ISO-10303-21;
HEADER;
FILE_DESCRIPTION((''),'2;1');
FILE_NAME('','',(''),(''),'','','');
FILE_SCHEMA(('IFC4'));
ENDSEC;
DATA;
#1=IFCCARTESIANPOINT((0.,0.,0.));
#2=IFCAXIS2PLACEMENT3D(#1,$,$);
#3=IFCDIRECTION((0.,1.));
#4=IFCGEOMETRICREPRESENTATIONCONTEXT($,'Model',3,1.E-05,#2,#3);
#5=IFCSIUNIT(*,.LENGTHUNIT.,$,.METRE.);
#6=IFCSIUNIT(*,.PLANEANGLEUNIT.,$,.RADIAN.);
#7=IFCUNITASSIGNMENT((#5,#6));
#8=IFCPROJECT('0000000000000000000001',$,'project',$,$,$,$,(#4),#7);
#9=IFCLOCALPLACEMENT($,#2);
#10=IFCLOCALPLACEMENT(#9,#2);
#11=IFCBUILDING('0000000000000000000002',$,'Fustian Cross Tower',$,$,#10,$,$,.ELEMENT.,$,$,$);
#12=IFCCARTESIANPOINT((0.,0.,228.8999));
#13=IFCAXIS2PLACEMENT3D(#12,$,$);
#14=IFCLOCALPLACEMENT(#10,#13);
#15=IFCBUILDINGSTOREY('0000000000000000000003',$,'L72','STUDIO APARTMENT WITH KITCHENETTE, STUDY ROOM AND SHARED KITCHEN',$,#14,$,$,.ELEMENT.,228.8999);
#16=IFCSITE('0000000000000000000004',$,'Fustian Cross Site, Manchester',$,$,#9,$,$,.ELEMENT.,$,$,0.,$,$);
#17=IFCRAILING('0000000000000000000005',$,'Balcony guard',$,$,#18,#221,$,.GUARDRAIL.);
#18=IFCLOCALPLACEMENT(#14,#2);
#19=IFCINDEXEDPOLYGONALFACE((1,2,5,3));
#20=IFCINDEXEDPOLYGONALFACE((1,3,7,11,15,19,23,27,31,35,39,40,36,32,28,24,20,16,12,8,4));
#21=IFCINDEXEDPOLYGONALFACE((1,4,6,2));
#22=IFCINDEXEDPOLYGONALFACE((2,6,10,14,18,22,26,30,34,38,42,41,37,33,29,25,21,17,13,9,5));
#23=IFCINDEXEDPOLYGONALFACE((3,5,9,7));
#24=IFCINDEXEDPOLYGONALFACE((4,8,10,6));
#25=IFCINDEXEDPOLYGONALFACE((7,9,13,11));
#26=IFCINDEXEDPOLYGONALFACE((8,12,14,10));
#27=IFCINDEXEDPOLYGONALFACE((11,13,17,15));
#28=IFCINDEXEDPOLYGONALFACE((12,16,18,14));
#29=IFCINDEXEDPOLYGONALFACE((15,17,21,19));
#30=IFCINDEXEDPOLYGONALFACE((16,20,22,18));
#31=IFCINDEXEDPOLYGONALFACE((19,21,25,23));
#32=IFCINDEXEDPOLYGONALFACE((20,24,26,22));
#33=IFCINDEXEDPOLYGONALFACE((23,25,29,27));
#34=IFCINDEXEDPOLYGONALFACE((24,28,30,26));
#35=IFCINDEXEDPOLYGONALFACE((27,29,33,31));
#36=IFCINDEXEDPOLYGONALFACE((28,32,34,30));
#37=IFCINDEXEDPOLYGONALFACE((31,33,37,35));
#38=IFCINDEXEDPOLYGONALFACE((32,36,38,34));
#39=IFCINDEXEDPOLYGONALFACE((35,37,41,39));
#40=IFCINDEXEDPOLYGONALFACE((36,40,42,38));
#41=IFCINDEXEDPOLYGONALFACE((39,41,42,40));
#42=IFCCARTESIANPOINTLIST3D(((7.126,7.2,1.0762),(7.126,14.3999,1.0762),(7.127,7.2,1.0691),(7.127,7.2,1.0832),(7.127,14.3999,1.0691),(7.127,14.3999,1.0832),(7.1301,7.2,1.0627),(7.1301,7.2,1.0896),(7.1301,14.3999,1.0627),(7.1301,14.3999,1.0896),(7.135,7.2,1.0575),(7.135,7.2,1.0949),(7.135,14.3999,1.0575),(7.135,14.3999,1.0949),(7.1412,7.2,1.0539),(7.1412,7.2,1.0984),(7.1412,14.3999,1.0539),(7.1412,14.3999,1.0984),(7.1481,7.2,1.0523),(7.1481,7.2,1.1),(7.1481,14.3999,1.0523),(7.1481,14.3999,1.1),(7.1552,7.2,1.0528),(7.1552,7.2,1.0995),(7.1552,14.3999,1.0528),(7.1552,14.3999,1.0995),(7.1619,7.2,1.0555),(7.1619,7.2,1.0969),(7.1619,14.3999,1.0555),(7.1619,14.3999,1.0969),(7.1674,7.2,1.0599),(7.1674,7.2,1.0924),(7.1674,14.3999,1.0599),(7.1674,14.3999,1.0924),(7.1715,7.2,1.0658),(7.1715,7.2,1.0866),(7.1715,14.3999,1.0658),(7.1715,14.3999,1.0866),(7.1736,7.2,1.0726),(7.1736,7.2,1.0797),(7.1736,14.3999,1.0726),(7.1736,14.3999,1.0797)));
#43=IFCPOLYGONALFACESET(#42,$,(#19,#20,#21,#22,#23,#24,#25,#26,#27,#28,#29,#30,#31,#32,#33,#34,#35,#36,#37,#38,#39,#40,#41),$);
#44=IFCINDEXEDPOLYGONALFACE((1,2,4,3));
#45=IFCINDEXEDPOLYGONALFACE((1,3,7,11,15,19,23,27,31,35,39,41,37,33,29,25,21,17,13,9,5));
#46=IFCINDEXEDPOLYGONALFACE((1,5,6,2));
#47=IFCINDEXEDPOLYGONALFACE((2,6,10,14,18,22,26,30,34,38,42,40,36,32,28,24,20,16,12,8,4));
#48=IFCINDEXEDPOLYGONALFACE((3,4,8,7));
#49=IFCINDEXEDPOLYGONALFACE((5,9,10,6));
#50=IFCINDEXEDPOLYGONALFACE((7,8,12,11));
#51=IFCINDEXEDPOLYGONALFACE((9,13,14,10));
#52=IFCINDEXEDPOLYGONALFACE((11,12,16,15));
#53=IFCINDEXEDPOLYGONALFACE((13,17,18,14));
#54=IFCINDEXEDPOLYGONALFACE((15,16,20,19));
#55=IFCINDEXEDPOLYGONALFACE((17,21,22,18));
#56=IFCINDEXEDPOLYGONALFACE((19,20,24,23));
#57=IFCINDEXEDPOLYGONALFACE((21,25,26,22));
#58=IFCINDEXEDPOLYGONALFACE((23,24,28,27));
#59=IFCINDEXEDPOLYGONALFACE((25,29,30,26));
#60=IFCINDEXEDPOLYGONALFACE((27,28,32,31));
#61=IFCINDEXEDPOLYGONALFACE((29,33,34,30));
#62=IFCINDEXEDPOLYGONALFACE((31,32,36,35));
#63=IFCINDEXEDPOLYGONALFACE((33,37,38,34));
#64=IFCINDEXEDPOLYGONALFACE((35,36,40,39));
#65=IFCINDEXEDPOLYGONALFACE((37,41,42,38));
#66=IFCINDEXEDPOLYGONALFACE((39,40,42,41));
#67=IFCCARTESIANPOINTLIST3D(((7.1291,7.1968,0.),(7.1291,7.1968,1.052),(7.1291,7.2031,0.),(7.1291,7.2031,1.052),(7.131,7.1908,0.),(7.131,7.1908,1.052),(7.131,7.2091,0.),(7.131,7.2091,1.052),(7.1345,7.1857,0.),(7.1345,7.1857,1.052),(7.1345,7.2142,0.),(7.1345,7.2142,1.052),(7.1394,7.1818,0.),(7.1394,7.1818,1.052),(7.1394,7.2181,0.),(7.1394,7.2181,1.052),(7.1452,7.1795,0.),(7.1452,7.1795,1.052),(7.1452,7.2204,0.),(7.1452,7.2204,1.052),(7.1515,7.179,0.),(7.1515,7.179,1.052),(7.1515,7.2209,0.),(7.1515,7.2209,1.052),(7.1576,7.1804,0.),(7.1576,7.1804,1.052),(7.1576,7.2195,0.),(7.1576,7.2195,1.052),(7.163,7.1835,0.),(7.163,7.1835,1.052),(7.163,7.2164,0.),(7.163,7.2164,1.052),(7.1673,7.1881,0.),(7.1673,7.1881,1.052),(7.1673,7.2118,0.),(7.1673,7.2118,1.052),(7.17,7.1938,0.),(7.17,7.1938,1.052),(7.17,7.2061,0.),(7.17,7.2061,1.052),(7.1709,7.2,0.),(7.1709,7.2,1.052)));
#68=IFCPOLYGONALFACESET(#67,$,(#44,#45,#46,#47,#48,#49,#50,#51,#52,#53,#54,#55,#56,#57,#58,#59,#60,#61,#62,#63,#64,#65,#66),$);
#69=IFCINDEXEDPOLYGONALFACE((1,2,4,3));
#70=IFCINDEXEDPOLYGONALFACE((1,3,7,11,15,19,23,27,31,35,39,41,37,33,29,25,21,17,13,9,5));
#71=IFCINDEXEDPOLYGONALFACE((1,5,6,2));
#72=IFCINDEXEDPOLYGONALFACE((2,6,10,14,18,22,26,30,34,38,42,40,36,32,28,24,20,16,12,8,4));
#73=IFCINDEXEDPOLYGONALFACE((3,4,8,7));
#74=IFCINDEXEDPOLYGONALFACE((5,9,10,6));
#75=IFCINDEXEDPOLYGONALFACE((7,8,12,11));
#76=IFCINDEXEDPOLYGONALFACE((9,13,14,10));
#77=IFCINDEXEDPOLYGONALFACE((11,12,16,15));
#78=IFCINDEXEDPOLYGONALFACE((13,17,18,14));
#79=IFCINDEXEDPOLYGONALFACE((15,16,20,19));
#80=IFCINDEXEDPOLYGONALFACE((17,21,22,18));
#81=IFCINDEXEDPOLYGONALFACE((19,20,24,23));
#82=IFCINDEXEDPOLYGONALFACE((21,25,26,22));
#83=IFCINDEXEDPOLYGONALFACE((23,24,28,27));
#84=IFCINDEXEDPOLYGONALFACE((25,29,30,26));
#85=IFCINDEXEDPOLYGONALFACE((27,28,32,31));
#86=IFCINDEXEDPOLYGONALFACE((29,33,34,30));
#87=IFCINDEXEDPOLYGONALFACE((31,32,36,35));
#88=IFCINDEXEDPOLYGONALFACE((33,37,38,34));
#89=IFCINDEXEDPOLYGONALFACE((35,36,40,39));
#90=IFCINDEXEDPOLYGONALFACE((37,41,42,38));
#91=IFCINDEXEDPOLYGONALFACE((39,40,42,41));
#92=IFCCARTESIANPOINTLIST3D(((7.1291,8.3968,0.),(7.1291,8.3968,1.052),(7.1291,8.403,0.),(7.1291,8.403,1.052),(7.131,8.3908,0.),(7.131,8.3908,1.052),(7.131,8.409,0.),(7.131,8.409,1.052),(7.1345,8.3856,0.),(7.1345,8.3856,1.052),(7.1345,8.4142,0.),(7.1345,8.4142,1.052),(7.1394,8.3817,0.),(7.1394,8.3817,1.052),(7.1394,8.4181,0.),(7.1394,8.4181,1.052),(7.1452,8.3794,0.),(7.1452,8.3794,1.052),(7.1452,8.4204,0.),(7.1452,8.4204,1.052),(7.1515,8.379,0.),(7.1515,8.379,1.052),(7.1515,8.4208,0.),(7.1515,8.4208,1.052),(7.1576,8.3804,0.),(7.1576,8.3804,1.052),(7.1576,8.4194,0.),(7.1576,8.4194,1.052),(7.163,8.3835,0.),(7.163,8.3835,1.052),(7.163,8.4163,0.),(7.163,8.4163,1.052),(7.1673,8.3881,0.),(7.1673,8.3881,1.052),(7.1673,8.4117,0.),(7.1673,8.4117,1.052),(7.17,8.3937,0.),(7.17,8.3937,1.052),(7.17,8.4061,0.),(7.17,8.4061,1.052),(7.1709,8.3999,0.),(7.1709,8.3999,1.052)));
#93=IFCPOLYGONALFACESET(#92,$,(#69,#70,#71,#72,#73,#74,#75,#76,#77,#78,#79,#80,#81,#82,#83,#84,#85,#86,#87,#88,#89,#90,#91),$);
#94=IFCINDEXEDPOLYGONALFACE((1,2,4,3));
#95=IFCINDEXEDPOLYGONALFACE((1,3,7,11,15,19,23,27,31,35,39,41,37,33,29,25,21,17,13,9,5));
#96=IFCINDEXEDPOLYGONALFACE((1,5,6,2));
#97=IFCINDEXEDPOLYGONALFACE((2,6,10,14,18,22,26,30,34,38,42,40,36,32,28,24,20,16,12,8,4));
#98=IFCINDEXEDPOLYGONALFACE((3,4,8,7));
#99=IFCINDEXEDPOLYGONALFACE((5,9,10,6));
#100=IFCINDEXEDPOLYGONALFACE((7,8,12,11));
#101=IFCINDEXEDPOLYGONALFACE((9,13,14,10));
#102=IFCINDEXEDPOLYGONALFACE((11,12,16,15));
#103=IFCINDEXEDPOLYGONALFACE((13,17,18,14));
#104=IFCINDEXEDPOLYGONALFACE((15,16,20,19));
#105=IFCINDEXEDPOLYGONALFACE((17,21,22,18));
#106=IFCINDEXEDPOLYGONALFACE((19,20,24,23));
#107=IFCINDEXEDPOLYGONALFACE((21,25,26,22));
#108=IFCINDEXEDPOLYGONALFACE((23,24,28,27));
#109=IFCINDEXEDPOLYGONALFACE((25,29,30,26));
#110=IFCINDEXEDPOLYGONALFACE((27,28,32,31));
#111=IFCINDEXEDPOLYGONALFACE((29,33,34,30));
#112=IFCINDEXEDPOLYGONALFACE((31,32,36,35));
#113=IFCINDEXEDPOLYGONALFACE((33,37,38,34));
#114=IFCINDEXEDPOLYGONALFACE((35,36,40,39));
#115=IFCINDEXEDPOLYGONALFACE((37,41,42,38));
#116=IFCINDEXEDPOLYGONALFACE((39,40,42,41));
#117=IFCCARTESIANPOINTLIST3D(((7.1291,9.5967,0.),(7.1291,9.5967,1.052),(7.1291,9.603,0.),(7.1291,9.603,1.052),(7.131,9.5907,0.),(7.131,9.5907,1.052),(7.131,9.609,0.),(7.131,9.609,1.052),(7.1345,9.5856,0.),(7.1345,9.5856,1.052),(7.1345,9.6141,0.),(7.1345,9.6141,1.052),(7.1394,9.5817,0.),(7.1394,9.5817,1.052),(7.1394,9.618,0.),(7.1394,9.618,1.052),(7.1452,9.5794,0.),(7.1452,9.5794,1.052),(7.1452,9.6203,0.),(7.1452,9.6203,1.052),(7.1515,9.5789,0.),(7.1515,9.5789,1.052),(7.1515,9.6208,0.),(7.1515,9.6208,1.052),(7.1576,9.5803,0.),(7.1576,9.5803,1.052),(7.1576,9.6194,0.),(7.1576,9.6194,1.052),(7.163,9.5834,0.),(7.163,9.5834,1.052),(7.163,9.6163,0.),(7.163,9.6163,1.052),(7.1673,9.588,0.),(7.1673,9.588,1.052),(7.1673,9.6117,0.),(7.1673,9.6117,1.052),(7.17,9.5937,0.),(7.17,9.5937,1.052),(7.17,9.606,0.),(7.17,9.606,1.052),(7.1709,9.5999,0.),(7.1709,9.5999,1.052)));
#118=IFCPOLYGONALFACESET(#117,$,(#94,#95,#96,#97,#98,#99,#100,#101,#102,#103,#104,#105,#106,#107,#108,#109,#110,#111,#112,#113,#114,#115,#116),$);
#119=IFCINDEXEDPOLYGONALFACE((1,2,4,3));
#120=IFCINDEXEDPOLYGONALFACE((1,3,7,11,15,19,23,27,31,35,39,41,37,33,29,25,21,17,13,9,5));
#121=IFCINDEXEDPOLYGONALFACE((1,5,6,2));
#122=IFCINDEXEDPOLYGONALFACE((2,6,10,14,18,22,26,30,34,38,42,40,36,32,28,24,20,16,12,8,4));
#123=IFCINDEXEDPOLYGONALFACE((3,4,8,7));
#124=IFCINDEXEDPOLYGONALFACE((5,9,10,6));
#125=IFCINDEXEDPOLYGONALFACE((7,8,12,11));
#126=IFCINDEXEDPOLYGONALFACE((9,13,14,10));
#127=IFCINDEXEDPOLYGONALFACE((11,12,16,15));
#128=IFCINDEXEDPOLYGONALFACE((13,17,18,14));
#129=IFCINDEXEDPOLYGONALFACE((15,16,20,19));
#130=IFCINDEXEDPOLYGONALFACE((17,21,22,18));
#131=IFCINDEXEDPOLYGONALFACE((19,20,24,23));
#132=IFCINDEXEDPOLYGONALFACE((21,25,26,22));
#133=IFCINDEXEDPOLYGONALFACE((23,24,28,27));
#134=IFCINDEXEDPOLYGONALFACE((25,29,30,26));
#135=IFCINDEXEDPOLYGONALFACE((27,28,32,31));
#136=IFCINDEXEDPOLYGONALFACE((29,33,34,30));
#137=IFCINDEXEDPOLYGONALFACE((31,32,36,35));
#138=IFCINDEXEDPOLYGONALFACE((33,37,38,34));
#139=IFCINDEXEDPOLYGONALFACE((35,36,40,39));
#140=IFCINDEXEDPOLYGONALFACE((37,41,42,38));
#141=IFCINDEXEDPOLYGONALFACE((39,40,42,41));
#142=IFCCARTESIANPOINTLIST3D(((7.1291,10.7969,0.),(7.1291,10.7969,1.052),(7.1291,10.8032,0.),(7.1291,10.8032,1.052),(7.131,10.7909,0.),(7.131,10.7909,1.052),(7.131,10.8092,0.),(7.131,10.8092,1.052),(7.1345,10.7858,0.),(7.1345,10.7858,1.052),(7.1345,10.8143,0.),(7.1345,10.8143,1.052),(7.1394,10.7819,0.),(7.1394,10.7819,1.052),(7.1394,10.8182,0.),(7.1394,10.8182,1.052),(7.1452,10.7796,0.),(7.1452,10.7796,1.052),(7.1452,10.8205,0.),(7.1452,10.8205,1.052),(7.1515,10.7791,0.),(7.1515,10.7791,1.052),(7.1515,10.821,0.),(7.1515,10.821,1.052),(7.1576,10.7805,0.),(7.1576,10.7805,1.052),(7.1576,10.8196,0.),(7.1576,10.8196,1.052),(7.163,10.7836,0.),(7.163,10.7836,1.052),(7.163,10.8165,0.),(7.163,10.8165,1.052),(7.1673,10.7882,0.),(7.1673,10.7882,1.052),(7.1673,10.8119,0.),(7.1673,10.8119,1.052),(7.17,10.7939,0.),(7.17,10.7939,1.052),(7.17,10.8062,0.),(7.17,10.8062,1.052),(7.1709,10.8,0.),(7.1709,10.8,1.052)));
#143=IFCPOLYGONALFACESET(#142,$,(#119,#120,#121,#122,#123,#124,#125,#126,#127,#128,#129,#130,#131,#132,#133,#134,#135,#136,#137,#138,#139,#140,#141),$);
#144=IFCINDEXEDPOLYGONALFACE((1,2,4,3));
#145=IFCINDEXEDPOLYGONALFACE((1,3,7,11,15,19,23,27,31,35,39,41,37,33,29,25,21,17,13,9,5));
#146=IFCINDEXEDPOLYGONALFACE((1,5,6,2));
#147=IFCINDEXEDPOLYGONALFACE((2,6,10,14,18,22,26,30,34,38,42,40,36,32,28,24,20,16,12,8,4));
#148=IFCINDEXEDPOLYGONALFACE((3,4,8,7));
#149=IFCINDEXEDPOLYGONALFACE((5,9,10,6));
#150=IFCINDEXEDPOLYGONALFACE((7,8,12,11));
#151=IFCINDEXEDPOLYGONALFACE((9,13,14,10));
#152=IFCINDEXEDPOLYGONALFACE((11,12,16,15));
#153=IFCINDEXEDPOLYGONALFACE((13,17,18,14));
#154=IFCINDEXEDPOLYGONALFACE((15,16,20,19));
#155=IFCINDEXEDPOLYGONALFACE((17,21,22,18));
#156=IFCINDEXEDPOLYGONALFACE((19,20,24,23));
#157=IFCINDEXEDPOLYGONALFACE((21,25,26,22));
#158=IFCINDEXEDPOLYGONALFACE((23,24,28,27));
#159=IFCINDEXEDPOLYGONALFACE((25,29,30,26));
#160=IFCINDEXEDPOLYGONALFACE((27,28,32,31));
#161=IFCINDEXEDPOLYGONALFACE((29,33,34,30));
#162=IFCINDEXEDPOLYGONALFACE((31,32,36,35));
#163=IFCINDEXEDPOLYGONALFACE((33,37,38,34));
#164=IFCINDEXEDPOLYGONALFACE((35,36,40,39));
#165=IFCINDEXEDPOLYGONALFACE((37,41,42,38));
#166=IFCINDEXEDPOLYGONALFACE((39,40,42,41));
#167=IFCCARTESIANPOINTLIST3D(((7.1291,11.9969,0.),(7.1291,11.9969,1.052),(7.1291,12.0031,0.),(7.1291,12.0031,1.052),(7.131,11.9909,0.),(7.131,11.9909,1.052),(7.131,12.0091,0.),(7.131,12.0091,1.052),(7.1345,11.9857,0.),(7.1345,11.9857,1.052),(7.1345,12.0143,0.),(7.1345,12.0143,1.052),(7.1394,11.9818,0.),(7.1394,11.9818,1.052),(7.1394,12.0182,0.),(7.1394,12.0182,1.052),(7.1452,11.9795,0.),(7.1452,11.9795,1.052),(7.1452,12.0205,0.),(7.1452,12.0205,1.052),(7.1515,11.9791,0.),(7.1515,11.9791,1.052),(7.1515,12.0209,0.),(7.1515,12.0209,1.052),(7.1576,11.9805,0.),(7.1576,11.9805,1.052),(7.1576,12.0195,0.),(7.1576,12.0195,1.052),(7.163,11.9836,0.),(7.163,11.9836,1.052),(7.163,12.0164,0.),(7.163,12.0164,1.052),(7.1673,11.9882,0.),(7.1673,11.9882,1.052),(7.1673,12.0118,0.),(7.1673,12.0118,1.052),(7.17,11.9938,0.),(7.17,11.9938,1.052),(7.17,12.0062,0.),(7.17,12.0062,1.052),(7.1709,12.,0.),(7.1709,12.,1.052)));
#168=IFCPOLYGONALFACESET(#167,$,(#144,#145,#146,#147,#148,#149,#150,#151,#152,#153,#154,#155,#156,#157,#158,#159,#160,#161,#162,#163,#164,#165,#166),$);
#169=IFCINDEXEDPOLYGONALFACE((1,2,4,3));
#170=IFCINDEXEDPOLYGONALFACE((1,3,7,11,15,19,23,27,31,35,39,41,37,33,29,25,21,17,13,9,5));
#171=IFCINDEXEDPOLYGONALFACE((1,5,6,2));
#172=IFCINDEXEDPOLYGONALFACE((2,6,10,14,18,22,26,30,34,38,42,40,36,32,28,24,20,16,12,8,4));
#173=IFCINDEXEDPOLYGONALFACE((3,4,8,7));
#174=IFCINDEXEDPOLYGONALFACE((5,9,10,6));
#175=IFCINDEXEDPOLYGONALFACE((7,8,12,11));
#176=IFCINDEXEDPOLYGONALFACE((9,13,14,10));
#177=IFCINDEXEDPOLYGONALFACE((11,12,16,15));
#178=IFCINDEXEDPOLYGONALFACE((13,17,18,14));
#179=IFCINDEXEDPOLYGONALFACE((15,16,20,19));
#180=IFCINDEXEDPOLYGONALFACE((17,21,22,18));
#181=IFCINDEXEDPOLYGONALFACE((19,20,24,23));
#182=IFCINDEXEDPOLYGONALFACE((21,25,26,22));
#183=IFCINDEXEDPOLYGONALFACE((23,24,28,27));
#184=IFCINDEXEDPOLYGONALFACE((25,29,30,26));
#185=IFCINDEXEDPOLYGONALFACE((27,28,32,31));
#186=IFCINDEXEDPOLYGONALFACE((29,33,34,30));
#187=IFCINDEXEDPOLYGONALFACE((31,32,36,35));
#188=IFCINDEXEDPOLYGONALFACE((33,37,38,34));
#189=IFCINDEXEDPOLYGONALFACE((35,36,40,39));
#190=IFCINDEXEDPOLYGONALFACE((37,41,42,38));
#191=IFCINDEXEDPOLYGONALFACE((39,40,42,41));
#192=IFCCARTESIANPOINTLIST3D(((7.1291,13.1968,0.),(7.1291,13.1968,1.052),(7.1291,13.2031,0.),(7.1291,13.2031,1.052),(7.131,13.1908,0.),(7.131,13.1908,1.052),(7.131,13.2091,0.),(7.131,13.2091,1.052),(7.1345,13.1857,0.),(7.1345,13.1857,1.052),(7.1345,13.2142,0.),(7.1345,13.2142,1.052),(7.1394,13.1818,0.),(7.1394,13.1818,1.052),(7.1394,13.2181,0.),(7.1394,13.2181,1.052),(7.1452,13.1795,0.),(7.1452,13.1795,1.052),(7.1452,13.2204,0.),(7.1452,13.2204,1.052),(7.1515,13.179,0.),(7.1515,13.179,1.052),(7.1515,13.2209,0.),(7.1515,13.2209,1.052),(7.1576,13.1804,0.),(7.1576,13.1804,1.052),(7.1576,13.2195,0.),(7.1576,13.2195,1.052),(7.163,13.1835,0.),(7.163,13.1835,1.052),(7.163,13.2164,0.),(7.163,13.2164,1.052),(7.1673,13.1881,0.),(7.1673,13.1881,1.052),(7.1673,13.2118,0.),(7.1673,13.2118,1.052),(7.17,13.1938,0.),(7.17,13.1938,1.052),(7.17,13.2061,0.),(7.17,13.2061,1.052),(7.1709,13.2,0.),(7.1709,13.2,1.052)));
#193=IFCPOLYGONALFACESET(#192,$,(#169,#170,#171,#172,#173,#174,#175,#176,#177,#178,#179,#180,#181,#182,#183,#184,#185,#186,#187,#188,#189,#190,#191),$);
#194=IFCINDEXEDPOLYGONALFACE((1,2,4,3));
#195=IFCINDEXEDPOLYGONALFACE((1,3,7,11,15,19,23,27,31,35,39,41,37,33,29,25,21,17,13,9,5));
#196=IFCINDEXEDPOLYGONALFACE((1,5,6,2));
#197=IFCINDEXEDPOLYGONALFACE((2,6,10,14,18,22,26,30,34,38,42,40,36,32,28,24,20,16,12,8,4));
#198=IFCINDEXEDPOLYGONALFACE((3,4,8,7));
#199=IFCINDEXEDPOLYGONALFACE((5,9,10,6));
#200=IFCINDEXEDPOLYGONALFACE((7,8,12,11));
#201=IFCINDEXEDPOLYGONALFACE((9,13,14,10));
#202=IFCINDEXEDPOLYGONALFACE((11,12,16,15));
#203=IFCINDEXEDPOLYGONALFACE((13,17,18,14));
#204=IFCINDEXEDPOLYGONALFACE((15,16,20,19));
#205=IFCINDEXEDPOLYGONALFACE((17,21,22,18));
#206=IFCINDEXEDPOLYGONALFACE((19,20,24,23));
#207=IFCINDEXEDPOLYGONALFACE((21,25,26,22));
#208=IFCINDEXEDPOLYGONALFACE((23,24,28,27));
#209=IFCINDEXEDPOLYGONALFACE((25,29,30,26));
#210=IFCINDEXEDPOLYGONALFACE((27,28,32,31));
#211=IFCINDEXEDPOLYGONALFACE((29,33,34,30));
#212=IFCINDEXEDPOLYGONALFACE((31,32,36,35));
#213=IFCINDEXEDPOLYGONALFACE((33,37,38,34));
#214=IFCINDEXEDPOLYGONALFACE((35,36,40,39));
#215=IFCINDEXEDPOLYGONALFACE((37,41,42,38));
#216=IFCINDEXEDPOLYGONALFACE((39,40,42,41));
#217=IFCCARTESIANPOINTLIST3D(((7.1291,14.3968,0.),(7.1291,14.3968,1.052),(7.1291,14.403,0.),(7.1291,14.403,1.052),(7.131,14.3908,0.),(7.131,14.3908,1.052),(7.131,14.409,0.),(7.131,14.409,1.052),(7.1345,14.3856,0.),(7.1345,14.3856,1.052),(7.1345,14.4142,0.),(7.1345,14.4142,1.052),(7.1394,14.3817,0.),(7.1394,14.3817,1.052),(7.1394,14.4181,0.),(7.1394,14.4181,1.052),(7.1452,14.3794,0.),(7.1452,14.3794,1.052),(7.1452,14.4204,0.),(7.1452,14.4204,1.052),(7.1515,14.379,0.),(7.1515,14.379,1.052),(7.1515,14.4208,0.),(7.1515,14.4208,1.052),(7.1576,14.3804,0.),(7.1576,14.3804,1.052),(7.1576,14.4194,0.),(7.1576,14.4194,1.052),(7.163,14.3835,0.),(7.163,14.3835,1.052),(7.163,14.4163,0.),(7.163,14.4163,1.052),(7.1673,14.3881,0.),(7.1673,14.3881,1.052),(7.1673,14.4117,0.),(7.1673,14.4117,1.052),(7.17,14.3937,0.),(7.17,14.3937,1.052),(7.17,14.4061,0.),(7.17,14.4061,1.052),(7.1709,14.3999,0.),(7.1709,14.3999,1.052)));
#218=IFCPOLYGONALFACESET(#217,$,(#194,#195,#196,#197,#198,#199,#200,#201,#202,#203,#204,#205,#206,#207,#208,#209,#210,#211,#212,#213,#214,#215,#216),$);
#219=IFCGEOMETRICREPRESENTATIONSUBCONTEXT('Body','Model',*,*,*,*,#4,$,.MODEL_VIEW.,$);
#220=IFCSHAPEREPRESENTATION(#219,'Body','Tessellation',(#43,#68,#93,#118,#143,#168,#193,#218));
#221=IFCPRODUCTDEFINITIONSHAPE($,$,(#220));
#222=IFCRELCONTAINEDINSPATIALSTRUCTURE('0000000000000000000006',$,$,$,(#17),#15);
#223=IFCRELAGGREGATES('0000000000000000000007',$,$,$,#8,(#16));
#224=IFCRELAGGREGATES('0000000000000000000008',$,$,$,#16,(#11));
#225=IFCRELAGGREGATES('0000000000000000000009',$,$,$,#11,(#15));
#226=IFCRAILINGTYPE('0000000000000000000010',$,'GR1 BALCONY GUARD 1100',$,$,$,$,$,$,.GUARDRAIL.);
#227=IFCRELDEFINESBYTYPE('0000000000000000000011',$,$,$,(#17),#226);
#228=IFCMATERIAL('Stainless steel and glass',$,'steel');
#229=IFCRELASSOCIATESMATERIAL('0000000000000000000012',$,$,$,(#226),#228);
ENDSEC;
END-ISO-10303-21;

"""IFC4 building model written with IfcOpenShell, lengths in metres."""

from ifc_helpers import new_model, si_unit, direction, frame, origin, origin_2d, place, context, subcontext, project, spatial, circle, extrude, material, type_object, element, save


model = new_model("IFC4")

# Units and contexts
model_context = context("Model", 3, precision=1e-05, world=origin(), true_north=direction((0.0, 1.0)))
body_context = subcontext(model_context, "Body", "Model", "MODEL_VIEW")
ifc_project = project(units=[si_unit("LENGTHUNIT", "METRE"), si_unit("PLANEANGLEUNIT", "RADIAN")], contexts=[model_context])

# Site, building, storey
site_placement = place(None, origin())
site = spatial("IfcSite", under=ifc_project, at=site_placement, Name="Fustian Cross Site, Manchester", CompositionType="ELEMENT", RefElevation=0.0)
building_placement = place(site_placement, origin())
building = spatial("IfcBuilding", under=site, at=building_placement, Name="Fustian Cross Tower", CompositionType="ELEMENT")
storey_placement = place(building_placement, frame((0.0, 0.0, 228.8999)))
storey = spatial("IfcBuildingStorey", under=building, at=storey_placement, Name="L72", Description="STUDIO APARTMENT WITH KITCHENETTE, STUDY ROOM AND SHARED KITCHEN", CompositionType="ELEMENT", Elevation=228.8999)

# Railing
ifc_material_1 = material(Name="Stainless steel and glass", Category="steel")
railing_type_1 = type_object("IfcRailingType", Name="GR1 BALCONY GUARD 1100", PredefinedType="GUARDRAIL", material=ifc_material_1)
railing_1_placement = place(storey_placement, frame((7.1499, 7.2, 0.0)))
element("IfcRailing", 1, at=railing_1_placement, inside=storey, type_object=railing_type_1, Name="Balcony guard", PredefinedType="GUARDRAIL", context=body_context, shape_type="SweptSolid", body=[
    extrude(circle(Radius=0.0239, at=origin_2d()), frame((0.0, 0.0, 1.0762), z_axis=(0.0, 1.0, 0.0), x_axis=(-1.0, 0.0, 0.0)), (0.0, 0.0, 1.0), 7.2),
    extrude(circle(Radius=0.021, at=origin_2d()), origin(), (0.0, 0.0, 1.0), 1.052),
    extrude(circle(Radius=0.021, at=origin_2d()), frame((0.0, 1.2, 0.0)), (0.0, 0.0, 1.0), 1.052),
    extrude(circle(Radius=0.021, at=origin_2d()), frame((0.0, 2.3999, 0.0)), (0.0, 0.0, 1.0), 1.052),
    extrude(circle(Radius=0.021, at=origin_2d()), frame((0.0, 3.6001, 0.0)), (0.0, 0.0, 1.0), 1.052),
    extrude(circle(Radius=0.021, at=origin_2d()), frame((0.0, 4.8, 0.0)), (0.0, 0.0, 1.0), 1.052),
    extrude(circle(Radius=0.021, at=origin_2d()), frame((0.0, 6.0, 0.0)), (0.0, 0.0, 1.0), 1.052),
    extrude(circle(Radius=0.021, at=origin_2d()), frame((0.0, 7.2, 0.0)), (0.0, 0.0, 1.0), 1.052),
])

save(model, "model.ifc")
